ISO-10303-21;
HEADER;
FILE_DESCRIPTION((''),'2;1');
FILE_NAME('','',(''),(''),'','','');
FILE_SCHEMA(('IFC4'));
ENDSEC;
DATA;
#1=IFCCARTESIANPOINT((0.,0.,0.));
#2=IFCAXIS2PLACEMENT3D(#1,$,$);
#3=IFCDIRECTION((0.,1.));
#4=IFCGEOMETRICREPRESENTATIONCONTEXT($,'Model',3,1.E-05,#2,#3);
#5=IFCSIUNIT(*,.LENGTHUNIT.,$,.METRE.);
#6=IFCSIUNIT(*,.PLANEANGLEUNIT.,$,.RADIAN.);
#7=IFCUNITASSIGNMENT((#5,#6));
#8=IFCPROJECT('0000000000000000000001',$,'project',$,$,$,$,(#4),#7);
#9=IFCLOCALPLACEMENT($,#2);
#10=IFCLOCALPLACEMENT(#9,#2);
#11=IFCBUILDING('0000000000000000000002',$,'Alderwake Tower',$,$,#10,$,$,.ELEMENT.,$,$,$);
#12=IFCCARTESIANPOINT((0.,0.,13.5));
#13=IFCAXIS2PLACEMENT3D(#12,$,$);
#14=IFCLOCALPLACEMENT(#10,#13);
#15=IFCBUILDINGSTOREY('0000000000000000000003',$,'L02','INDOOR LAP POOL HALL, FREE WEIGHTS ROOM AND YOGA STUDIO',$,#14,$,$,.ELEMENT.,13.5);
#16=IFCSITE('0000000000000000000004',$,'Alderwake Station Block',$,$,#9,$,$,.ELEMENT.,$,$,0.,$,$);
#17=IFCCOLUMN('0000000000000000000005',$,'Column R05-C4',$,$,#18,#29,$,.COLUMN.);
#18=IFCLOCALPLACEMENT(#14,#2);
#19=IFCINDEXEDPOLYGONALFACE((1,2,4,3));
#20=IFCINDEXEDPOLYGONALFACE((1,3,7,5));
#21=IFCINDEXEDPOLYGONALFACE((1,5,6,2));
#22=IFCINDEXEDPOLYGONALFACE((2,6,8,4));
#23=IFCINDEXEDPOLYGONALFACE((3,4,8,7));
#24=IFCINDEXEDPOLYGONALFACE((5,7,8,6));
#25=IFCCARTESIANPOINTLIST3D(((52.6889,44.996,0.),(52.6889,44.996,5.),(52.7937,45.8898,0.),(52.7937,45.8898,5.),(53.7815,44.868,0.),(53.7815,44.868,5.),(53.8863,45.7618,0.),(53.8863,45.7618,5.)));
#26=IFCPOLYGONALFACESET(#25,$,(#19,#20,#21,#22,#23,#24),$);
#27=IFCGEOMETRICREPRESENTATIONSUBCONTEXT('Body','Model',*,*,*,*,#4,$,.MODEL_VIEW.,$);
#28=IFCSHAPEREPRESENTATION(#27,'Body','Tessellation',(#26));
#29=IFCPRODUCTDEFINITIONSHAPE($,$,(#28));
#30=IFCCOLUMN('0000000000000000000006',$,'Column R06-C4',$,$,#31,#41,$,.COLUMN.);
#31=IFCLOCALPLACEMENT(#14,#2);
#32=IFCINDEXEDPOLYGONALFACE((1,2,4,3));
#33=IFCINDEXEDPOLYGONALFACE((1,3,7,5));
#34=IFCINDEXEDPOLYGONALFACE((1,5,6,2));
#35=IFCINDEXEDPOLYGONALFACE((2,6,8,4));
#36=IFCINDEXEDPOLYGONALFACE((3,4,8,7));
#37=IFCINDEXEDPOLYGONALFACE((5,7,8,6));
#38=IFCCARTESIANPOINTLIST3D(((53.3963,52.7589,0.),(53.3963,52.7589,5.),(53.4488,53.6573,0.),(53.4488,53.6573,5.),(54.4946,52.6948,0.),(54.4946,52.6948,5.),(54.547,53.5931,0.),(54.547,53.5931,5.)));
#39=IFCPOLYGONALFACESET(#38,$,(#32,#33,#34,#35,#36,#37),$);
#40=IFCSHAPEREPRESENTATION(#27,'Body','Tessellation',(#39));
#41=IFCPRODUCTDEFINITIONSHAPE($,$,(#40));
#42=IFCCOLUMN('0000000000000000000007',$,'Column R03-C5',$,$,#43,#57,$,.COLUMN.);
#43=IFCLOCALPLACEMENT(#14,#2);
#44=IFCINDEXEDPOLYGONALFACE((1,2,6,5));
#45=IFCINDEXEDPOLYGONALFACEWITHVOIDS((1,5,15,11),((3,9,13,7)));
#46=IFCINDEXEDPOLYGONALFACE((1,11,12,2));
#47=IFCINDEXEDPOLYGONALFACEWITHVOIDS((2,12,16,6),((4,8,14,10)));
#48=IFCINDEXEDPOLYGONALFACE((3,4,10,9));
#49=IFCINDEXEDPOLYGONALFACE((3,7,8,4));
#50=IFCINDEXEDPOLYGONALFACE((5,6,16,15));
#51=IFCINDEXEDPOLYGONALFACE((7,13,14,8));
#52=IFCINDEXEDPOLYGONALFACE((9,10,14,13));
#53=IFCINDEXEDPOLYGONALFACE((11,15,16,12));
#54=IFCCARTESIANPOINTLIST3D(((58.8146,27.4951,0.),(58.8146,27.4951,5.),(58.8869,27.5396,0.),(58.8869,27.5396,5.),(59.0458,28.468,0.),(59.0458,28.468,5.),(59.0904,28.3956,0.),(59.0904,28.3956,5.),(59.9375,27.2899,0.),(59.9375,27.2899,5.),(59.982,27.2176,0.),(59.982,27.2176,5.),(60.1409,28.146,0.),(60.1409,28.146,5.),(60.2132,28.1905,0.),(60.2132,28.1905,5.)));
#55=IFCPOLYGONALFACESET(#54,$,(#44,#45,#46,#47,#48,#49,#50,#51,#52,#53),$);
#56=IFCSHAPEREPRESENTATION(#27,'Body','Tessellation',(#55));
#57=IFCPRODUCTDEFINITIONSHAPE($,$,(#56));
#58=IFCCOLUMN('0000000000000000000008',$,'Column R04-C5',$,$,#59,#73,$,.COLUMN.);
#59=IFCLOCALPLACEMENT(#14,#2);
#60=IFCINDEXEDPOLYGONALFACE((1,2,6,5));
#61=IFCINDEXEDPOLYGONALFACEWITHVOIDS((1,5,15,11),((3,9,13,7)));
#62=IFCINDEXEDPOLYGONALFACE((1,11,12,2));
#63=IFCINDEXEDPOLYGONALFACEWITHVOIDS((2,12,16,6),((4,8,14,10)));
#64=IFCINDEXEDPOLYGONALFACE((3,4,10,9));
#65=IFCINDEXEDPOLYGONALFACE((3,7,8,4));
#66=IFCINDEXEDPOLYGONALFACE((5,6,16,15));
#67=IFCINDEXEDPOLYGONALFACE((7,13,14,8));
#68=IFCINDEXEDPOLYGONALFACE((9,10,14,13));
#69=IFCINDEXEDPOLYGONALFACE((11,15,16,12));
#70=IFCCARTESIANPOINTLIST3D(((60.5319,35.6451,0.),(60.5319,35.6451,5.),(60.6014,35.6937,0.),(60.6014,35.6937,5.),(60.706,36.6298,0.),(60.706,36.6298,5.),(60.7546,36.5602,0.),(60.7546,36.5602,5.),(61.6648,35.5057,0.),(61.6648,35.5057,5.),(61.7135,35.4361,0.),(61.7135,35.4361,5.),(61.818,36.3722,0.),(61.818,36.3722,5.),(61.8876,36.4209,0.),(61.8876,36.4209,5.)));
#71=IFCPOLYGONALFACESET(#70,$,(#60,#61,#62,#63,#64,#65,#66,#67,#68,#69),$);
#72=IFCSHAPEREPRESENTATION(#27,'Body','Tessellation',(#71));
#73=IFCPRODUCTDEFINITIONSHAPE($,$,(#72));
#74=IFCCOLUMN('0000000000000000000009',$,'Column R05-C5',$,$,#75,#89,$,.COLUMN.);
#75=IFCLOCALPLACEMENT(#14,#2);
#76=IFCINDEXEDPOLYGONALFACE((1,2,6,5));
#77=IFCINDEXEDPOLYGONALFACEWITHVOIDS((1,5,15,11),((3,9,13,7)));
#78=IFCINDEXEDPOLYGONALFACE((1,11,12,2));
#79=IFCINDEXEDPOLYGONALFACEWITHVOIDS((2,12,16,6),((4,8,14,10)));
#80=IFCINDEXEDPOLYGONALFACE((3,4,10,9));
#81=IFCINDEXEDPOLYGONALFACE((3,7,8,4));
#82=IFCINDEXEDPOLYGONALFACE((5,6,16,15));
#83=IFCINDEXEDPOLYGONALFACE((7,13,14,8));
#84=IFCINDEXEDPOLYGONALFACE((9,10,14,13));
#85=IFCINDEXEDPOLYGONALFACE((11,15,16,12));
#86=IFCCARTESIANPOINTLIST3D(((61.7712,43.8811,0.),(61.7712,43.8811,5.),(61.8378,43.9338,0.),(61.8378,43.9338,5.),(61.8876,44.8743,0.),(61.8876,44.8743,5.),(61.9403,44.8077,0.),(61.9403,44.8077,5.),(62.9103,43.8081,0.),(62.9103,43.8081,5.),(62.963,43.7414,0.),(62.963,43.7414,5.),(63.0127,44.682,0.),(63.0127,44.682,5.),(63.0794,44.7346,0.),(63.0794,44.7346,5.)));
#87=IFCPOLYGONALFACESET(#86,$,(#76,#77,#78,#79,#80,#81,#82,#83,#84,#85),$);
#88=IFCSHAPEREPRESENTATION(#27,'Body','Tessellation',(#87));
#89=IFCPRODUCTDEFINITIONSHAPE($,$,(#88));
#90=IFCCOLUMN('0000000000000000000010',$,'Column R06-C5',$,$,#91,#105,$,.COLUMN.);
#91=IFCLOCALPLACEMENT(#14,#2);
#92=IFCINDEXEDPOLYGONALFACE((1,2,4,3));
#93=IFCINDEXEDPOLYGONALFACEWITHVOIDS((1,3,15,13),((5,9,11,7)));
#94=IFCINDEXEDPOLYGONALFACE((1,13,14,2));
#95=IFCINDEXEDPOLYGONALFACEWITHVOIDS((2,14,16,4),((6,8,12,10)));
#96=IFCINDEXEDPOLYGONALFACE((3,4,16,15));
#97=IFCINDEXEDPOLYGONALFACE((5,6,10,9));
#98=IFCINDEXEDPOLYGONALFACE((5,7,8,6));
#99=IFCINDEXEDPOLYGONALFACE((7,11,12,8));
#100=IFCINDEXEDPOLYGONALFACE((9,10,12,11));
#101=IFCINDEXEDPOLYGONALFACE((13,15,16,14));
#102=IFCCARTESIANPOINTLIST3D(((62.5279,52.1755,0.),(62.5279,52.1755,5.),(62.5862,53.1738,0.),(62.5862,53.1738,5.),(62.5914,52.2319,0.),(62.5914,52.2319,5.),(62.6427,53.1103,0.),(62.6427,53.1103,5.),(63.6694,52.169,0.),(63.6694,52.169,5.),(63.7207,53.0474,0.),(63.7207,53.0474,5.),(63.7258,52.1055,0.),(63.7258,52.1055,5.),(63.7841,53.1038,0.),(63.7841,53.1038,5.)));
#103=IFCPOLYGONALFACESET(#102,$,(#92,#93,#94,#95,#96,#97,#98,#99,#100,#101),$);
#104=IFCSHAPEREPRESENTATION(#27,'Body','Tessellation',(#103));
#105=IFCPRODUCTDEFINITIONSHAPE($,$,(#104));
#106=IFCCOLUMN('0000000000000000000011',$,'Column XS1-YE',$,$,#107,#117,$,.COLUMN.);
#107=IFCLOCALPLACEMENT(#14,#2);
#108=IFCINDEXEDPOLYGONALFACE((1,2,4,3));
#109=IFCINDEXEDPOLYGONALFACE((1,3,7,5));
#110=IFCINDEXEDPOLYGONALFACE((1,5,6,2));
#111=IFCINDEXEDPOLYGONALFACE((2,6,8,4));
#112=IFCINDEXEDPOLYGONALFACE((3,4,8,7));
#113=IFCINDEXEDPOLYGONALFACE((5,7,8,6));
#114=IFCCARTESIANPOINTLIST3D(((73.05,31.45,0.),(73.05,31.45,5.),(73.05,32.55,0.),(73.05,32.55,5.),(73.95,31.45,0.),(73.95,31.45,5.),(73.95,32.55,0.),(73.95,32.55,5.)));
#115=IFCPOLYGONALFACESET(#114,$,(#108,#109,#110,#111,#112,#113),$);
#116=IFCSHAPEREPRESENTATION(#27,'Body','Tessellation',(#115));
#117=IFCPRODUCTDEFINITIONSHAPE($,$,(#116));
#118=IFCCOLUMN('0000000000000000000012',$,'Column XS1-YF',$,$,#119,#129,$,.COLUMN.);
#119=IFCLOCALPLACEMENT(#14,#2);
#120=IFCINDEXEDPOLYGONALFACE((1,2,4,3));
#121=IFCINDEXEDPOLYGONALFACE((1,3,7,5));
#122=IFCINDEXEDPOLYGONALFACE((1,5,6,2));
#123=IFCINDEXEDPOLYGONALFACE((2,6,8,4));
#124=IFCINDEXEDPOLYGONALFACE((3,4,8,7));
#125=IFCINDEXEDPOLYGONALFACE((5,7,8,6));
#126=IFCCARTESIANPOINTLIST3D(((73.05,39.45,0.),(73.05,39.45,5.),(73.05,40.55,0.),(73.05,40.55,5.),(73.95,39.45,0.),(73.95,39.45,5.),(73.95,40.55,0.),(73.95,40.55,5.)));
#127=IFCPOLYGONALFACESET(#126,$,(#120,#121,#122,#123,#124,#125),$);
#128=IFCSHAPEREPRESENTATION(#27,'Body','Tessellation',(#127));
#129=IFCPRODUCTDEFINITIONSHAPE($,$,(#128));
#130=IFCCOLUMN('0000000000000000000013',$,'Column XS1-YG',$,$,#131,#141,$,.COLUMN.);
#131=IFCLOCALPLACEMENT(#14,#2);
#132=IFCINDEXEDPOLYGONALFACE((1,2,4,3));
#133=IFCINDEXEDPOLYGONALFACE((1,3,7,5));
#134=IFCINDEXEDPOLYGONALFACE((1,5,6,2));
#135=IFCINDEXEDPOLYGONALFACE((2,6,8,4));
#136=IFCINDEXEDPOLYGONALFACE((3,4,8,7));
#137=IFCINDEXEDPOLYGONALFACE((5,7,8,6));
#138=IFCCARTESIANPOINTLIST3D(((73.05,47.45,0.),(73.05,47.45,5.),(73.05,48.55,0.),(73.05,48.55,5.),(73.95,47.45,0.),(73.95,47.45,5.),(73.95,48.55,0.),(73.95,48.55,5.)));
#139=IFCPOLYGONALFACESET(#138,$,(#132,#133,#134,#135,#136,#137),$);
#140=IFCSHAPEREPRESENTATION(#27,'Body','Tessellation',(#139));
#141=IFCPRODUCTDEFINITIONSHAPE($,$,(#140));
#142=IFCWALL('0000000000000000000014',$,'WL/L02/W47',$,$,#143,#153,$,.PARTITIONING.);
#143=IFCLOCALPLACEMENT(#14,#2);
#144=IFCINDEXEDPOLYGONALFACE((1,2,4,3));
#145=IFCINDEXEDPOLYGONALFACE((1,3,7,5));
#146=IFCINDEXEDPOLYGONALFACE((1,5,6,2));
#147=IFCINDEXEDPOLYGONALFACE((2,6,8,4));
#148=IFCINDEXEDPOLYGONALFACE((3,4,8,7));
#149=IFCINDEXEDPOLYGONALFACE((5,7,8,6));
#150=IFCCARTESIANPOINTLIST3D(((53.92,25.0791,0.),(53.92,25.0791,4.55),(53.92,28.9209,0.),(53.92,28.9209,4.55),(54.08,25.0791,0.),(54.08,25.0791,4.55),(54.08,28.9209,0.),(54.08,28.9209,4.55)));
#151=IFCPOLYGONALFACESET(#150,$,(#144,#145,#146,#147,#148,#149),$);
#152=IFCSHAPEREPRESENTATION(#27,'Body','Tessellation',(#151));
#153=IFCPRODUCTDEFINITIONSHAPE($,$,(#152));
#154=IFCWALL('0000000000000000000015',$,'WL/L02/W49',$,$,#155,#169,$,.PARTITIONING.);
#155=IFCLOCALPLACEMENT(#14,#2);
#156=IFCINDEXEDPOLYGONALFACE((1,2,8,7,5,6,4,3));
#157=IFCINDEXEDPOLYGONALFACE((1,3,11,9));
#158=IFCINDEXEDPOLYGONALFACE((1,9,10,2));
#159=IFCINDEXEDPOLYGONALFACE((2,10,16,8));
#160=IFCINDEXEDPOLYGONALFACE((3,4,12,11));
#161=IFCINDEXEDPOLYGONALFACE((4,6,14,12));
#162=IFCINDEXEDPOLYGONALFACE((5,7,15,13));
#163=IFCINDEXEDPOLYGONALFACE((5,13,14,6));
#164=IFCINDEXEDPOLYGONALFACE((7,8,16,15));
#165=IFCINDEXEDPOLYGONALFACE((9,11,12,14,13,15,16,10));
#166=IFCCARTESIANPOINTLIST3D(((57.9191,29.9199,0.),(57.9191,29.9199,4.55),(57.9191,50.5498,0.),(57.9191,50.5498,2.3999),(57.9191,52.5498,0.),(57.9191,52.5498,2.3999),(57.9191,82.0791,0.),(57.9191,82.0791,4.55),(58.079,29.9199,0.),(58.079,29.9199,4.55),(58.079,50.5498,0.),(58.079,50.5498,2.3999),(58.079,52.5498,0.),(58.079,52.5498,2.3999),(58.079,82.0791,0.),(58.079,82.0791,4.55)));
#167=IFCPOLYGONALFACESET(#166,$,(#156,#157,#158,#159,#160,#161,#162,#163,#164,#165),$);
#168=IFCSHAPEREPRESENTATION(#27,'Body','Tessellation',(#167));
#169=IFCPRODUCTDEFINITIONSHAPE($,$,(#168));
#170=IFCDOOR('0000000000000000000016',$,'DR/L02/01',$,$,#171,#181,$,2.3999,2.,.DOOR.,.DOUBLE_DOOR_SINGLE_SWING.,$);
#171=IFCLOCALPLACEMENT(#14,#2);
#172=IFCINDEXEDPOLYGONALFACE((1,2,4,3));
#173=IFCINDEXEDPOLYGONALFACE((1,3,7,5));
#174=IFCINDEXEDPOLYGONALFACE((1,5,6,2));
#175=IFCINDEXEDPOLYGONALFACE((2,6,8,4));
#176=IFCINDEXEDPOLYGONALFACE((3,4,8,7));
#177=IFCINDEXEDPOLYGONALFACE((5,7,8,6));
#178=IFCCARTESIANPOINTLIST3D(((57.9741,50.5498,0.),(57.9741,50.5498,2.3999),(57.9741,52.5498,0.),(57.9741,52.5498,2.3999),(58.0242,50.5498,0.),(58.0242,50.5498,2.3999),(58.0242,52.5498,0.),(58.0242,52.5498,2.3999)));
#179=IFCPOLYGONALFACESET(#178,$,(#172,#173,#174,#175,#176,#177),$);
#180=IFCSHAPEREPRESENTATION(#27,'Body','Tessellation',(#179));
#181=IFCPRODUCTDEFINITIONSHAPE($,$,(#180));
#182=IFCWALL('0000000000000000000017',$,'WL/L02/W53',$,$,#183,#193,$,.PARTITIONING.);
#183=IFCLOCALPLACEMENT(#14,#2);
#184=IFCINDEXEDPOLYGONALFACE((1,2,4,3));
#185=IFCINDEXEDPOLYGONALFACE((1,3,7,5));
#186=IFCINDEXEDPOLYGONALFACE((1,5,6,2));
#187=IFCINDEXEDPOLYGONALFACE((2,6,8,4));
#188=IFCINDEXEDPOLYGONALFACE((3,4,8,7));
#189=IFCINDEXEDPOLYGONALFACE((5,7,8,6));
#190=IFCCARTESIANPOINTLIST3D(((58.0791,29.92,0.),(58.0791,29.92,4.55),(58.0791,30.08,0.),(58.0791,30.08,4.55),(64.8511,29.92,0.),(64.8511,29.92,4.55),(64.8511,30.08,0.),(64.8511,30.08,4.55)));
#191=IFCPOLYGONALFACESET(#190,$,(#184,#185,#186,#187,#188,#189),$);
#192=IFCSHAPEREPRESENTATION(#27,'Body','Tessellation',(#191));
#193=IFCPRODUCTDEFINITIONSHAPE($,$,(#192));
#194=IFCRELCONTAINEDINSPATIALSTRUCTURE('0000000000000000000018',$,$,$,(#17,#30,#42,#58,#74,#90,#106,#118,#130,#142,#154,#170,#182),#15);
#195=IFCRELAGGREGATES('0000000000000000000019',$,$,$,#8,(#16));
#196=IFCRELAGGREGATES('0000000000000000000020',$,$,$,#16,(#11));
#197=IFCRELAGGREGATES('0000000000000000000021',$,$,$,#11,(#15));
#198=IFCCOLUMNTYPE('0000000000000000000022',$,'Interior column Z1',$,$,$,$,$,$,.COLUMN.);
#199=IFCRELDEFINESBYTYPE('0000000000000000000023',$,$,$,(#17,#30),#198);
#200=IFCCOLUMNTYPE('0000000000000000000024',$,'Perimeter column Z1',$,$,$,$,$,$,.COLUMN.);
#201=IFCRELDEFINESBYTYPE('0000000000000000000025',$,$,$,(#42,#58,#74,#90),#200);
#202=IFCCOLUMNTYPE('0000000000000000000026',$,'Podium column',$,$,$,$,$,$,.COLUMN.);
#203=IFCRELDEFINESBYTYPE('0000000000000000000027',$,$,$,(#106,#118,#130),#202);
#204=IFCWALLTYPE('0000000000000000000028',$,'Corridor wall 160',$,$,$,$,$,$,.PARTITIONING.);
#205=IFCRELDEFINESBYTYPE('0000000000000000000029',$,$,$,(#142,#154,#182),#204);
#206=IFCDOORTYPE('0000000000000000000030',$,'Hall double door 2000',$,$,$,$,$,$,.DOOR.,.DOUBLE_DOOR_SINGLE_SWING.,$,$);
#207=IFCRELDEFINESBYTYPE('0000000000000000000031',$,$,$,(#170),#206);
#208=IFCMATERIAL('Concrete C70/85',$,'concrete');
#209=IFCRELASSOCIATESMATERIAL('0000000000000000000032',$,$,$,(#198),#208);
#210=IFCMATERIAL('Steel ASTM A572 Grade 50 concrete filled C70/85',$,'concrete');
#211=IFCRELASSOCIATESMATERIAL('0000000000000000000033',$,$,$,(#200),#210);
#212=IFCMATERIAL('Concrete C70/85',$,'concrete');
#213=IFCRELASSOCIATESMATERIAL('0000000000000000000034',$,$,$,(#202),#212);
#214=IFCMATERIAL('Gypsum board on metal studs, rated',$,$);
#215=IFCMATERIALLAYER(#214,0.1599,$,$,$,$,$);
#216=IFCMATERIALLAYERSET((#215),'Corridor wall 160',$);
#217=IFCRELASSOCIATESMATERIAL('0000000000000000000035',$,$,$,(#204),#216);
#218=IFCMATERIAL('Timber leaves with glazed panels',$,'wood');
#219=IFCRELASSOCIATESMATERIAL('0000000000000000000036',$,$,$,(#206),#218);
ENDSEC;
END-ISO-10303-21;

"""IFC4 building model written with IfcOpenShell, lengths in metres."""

from ifc_helpers import new_model, si_unit, direction, frame, frame_2d, origin, origin_2d, place, context, subcontext, project, spatial, rectangle, hollow_rectangle, extrude, material, layer, layer_set, material_profile, profile_set, type_object, element, fill, save


model = new_model("IFC4")

# Units and contexts
model_context = context("Model", 3, precision=1e-05, world=origin(), true_north=direction((0.0, 1.0)))
body_context = subcontext(model_context, "Body", "Model", "MODEL_VIEW")
ifc_project = project(units=[si_unit("LENGTHUNIT", "METRE"), si_unit("PLANEANGLEUNIT", "RADIAN")], contexts=[model_context])

# Site, building, storey
site_placement = place(None, origin())
site = spatial("IfcSite", under=ifc_project, at=site_placement, Name="Alderwake Station Block", CompositionType="ELEMENT", RefElevation=0.0)
building_placement = place(site_placement, origin())
building = spatial("IfcBuilding", under=site, at=building_placement, Name="Alderwake Tower", CompositionType="ELEMENT")
storey_placement = place(building_placement, frame((0.0, 0.0, 13.5)))
storey = spatial("IfcBuildingStorey", under=building, at=storey_placement, Name="L02", Description="INDOOR LAP POOL HALL, FREE WEIGHTS ROOM AND YOGA STUDIO", CompositionType="ELEMENT", Elevation=13.5)

# Columns
ifc_material_1 = material(Name="Concrete C70/85", Category="concrete")
ifc_material_profile_1 = material_profile(ifc_material_1, rectangle(XDim=0.8999, YDim=1.1001, at=origin_2d()), Name="RC 1100X900")
ifc_profile_set_1 = profile_set([ifc_material_profile_1], Name="Concrete C70/85")
column_type_1 = type_object("IfcColumnType", Name="Interior column Z1", PredefinedType="COLUMN", material=ifc_profile_set_1)
for number, where, z_axis, x_axis, name in (
    (1, (53.2876, 45.3789, 0.0), (0.0, 0.0, 1.0), (0.116402, 0.993202, 0.0), "Column R05-C4"),
    (2, (53.9717, 53.176, 0.0), (0.0, 0.0, 1.0), (0.058301, 0.998299, 0.0), "Column R06-C4"),
):
    element("IfcColumn", number, at=place(storey_placement, frame(where, z_axis=z_axis, x_axis=x_axis)), inside=storey, type_object=column_type_1, Name=name, PredefinedType="COLUMN", context=body_context, shape_type="SweptSolid", body=[
        extrude(rectangle(XDim=0.8999, YDim=1.1001, at=origin_2d()), origin(), (0.0, 0.0, 1.0), 5.0),
    ])
ifc_material_2 = material(Name="Steel ASTM A572 Grade 50 concrete filled C70/85", Category="concrete")
ifc_material_profile_2 = material_profile(ifc_material_2, hollow_rectangle(XDim=1.0, YDim=1.2, WallThickness=0.0601, at=origin_2d()), Name="BOX 1200X1000X60")
ifc_profile_set_2 = profile_set([ifc_material_profile_2], Name="Steel ASTM A572 Grade 50 concrete filled C70/85")
column_type_2 = type_object("IfcColumnType", Name="Perimeter column Z1", PredefinedType="COLUMN", material=ifc_profile_set_2)
for number, where, z_axis, x_axis, name in (
    (3, (59.5139, 27.8428, 0.0), (0.0, 0.0, 1.0), (0.231222, 0.972901, 0.0), "Column R03-C5"),
    (4, (61.2097, 36.033, 0.0), (0.0, 0.0, 1.0), (0.174109, 0.984726, 0.0), "Column R04-C5"),
    (5, (62.4253, 44.3079, 0.0), (0.0, 0.0, 1.0), (0.116402, 0.993202, 0.0), "Column R05-C5"),
    (6, (63.156, 52.6396, 0.0), (0.0, 0.0, 1.0), (0.058301, 0.998299, 0.0), "Column R06-C5"),
):
    element("IfcColumn", number, at=place(storey_placement, frame(where, z_axis=z_axis, x_axis=x_axis)), inside=storey, type_object=column_type_2, Name=name, PredefinedType="COLUMN", context=body_context, shape_type="SweptSolid", body=[
        extrude(hollow_rectangle(XDim=1.0, YDim=1.2, WallThickness=0.0601, at=origin_2d()), origin(), (0.0, 0.0, 1.0), 5.0),
    ])
ifc_material_3 = material(Name="Concrete C70/85", Category="concrete")
ifc_material_profile_3 = material_profile(ifc_material_3, rectangle(XDim=0.8999, YDim=1.1001, at=origin_2d()), Name="RC 1100X900")
ifc_profile_set_3 = profile_set([ifc_material_profile_3], Name="Concrete C70/85")
column_type_3 = type_object("IfcColumnType", Name="Podium column", PredefinedType="COLUMN", material=ifc_profile_set_3)
for number, where, z_axis, x_axis, name in (
    (7, (73.5, 32.0, 0.0), (0.0, 0.0, 1.0), (1.0, 0.0, 0.0), "Column XS1-YE"),
    (8, (73.5, 40.0, 0.0), (0.0, 0.0, 1.0), (1.0, 0.0, 0.0), "Column XS1-YF"),
    (9, (73.5, 48.0, 0.0), (0.0, 0.0, 1.0), (1.0, 0.0, 0.0), "Column XS1-YG"),
):
    element("IfcColumn", number, at=place(storey_placement, frame(where, z_axis=z_axis, x_axis=x_axis)), inside=storey, type_object=column_type_3, Name=name, PredefinedType="COLUMN", context=body_context, shape_type="SweptSolid", body=[
        extrude(rectangle(XDim=0.8999, YDim=1.1001, at=origin_2d()), origin(), (0.0, 0.0, 1.0), 5.0),
    ])

# Wall
ifc_material_4 = material(Name="Gypsum board on metal studs, rated")
ifc_layer_1 = layer(ifc_material_4, 0.1599)
ifc_layer_set_1 = layer_set([ifc_layer_1], Name="Corridor wall 160")
wall_type_1 = type_object("IfcWallType", Name="Corridor wall 160", PredefinedType="PARTITIONING", material=ifc_layer_set_1)
wall_1_placement = place(storey_placement, frame((54.0, 28.9209, 0.0), z_axis=(0.0, 0.0, 1.0), x_axis=(0.0, -1.0, 0.0)))
element("IfcWall", 10, at=wall_1_placement, inside=storey, type_object=wall_type_1, Name="WL/L02/W47", PredefinedType="PARTITIONING", context=body_context, shape_type="SweptSolid", body=[
    extrude(rectangle(XDim=3.8418, YDim=0.1599, at=frame_2d((1.9209, 0.0))), origin(), (0.0, 0.0, 1.0), 4.55),
])

# Wall, opening, door
wall_2_placement = place(storey_placement, frame((57.999, 29.9199, 0.0), z_axis=(0.0, 0.0, 1.0), x_axis=(0.0, 1.0, 0.0)))
wall_2 = element("IfcWall", 11, at=wall_2_placement, inside=storey, type_object=wall_type_1, Name="WL/L02/W49", PredefinedType="PARTITIONING", context=body_context, shape_type="SweptSolid", body=[
    extrude(rectangle(XDim=52.1592, YDim=0.1599, at=frame_2d((26.0796, 0.0))), origin(), (0.0, 0.0, 1.0), 4.55),
])
opening_1_placement = place(wall_2_placement, frame((20.6299, 0.0, 0.0)))
opening_1 = element("IfcOpeningElement", 12, at=opening_1_placement, cuts=wall_2, PredefinedType="OPENING", context=body_context, shape_type="SweptSolid", body=[
    extrude(rectangle(XDim=2.0, YDim=2.3999, at=frame_2d((1.0, 1.2))), frame((0.0, 0.0898, 0.0), z_axis=(0.0, -1.0, 0.0), x_axis=(1.0, 0.0, 0.0)), (0.0, 0.0, 1.0), 0.1799),
])
ifc_material_5 = material(Name="Timber leaves with glazed panels", Category="wood")
door_type_1 = type_object("IfcDoorType", Name="Hall double door 2000", OperationType="DOUBLE_DOOR_SINGLE_SWING", PredefinedType="DOOR", material=ifc_material_5)
door_1_placement = place(opening_1_placement, origin())
door_1 = element("IfcDoor", 13, at=door_1_placement, inside=storey, type_object=door_type_1, Name="DR/L02/01", OperationType="DOUBLE_DOOR_SINGLE_SWING", OverallHeight=2.3999, OverallWidth=2.0, PredefinedType="DOOR", context=body_context, shape_type="SweptSolid", body=[
    extrude(rectangle(XDim=2.0, YDim=2.3999, at=frame_2d((1.0, 1.2))), frame((0.0, 0.0249, 0.0), z_axis=(0.0, -1.0, 0.0), x_axis=(1.0, 0.0, 0.0)), (0.0, 0.0, 1.0), 0.05),
])
fill(opening_1, door_1)

# Wall
wall_3_placement = place(storey_placement, frame((64.8511, 30.0, 0.0), z_axis=(0.0, 0.0, 1.0), x_axis=(-1.0, 0.0, 0.0)))
element("IfcWall", 14, at=wall_3_placement, inside=storey, type_object=wall_type_1, Name="WL/L02/W53", PredefinedType="PARTITIONING", context=body_context, shape_type="SweptSolid", body=[
    extrude(rectangle(XDim=6.772, YDim=0.1599, at=frame_2d((3.386, 0.0))), origin(), (0.0, 0.0, 1.0), 4.55),
])

save(model, "model.ifc")
